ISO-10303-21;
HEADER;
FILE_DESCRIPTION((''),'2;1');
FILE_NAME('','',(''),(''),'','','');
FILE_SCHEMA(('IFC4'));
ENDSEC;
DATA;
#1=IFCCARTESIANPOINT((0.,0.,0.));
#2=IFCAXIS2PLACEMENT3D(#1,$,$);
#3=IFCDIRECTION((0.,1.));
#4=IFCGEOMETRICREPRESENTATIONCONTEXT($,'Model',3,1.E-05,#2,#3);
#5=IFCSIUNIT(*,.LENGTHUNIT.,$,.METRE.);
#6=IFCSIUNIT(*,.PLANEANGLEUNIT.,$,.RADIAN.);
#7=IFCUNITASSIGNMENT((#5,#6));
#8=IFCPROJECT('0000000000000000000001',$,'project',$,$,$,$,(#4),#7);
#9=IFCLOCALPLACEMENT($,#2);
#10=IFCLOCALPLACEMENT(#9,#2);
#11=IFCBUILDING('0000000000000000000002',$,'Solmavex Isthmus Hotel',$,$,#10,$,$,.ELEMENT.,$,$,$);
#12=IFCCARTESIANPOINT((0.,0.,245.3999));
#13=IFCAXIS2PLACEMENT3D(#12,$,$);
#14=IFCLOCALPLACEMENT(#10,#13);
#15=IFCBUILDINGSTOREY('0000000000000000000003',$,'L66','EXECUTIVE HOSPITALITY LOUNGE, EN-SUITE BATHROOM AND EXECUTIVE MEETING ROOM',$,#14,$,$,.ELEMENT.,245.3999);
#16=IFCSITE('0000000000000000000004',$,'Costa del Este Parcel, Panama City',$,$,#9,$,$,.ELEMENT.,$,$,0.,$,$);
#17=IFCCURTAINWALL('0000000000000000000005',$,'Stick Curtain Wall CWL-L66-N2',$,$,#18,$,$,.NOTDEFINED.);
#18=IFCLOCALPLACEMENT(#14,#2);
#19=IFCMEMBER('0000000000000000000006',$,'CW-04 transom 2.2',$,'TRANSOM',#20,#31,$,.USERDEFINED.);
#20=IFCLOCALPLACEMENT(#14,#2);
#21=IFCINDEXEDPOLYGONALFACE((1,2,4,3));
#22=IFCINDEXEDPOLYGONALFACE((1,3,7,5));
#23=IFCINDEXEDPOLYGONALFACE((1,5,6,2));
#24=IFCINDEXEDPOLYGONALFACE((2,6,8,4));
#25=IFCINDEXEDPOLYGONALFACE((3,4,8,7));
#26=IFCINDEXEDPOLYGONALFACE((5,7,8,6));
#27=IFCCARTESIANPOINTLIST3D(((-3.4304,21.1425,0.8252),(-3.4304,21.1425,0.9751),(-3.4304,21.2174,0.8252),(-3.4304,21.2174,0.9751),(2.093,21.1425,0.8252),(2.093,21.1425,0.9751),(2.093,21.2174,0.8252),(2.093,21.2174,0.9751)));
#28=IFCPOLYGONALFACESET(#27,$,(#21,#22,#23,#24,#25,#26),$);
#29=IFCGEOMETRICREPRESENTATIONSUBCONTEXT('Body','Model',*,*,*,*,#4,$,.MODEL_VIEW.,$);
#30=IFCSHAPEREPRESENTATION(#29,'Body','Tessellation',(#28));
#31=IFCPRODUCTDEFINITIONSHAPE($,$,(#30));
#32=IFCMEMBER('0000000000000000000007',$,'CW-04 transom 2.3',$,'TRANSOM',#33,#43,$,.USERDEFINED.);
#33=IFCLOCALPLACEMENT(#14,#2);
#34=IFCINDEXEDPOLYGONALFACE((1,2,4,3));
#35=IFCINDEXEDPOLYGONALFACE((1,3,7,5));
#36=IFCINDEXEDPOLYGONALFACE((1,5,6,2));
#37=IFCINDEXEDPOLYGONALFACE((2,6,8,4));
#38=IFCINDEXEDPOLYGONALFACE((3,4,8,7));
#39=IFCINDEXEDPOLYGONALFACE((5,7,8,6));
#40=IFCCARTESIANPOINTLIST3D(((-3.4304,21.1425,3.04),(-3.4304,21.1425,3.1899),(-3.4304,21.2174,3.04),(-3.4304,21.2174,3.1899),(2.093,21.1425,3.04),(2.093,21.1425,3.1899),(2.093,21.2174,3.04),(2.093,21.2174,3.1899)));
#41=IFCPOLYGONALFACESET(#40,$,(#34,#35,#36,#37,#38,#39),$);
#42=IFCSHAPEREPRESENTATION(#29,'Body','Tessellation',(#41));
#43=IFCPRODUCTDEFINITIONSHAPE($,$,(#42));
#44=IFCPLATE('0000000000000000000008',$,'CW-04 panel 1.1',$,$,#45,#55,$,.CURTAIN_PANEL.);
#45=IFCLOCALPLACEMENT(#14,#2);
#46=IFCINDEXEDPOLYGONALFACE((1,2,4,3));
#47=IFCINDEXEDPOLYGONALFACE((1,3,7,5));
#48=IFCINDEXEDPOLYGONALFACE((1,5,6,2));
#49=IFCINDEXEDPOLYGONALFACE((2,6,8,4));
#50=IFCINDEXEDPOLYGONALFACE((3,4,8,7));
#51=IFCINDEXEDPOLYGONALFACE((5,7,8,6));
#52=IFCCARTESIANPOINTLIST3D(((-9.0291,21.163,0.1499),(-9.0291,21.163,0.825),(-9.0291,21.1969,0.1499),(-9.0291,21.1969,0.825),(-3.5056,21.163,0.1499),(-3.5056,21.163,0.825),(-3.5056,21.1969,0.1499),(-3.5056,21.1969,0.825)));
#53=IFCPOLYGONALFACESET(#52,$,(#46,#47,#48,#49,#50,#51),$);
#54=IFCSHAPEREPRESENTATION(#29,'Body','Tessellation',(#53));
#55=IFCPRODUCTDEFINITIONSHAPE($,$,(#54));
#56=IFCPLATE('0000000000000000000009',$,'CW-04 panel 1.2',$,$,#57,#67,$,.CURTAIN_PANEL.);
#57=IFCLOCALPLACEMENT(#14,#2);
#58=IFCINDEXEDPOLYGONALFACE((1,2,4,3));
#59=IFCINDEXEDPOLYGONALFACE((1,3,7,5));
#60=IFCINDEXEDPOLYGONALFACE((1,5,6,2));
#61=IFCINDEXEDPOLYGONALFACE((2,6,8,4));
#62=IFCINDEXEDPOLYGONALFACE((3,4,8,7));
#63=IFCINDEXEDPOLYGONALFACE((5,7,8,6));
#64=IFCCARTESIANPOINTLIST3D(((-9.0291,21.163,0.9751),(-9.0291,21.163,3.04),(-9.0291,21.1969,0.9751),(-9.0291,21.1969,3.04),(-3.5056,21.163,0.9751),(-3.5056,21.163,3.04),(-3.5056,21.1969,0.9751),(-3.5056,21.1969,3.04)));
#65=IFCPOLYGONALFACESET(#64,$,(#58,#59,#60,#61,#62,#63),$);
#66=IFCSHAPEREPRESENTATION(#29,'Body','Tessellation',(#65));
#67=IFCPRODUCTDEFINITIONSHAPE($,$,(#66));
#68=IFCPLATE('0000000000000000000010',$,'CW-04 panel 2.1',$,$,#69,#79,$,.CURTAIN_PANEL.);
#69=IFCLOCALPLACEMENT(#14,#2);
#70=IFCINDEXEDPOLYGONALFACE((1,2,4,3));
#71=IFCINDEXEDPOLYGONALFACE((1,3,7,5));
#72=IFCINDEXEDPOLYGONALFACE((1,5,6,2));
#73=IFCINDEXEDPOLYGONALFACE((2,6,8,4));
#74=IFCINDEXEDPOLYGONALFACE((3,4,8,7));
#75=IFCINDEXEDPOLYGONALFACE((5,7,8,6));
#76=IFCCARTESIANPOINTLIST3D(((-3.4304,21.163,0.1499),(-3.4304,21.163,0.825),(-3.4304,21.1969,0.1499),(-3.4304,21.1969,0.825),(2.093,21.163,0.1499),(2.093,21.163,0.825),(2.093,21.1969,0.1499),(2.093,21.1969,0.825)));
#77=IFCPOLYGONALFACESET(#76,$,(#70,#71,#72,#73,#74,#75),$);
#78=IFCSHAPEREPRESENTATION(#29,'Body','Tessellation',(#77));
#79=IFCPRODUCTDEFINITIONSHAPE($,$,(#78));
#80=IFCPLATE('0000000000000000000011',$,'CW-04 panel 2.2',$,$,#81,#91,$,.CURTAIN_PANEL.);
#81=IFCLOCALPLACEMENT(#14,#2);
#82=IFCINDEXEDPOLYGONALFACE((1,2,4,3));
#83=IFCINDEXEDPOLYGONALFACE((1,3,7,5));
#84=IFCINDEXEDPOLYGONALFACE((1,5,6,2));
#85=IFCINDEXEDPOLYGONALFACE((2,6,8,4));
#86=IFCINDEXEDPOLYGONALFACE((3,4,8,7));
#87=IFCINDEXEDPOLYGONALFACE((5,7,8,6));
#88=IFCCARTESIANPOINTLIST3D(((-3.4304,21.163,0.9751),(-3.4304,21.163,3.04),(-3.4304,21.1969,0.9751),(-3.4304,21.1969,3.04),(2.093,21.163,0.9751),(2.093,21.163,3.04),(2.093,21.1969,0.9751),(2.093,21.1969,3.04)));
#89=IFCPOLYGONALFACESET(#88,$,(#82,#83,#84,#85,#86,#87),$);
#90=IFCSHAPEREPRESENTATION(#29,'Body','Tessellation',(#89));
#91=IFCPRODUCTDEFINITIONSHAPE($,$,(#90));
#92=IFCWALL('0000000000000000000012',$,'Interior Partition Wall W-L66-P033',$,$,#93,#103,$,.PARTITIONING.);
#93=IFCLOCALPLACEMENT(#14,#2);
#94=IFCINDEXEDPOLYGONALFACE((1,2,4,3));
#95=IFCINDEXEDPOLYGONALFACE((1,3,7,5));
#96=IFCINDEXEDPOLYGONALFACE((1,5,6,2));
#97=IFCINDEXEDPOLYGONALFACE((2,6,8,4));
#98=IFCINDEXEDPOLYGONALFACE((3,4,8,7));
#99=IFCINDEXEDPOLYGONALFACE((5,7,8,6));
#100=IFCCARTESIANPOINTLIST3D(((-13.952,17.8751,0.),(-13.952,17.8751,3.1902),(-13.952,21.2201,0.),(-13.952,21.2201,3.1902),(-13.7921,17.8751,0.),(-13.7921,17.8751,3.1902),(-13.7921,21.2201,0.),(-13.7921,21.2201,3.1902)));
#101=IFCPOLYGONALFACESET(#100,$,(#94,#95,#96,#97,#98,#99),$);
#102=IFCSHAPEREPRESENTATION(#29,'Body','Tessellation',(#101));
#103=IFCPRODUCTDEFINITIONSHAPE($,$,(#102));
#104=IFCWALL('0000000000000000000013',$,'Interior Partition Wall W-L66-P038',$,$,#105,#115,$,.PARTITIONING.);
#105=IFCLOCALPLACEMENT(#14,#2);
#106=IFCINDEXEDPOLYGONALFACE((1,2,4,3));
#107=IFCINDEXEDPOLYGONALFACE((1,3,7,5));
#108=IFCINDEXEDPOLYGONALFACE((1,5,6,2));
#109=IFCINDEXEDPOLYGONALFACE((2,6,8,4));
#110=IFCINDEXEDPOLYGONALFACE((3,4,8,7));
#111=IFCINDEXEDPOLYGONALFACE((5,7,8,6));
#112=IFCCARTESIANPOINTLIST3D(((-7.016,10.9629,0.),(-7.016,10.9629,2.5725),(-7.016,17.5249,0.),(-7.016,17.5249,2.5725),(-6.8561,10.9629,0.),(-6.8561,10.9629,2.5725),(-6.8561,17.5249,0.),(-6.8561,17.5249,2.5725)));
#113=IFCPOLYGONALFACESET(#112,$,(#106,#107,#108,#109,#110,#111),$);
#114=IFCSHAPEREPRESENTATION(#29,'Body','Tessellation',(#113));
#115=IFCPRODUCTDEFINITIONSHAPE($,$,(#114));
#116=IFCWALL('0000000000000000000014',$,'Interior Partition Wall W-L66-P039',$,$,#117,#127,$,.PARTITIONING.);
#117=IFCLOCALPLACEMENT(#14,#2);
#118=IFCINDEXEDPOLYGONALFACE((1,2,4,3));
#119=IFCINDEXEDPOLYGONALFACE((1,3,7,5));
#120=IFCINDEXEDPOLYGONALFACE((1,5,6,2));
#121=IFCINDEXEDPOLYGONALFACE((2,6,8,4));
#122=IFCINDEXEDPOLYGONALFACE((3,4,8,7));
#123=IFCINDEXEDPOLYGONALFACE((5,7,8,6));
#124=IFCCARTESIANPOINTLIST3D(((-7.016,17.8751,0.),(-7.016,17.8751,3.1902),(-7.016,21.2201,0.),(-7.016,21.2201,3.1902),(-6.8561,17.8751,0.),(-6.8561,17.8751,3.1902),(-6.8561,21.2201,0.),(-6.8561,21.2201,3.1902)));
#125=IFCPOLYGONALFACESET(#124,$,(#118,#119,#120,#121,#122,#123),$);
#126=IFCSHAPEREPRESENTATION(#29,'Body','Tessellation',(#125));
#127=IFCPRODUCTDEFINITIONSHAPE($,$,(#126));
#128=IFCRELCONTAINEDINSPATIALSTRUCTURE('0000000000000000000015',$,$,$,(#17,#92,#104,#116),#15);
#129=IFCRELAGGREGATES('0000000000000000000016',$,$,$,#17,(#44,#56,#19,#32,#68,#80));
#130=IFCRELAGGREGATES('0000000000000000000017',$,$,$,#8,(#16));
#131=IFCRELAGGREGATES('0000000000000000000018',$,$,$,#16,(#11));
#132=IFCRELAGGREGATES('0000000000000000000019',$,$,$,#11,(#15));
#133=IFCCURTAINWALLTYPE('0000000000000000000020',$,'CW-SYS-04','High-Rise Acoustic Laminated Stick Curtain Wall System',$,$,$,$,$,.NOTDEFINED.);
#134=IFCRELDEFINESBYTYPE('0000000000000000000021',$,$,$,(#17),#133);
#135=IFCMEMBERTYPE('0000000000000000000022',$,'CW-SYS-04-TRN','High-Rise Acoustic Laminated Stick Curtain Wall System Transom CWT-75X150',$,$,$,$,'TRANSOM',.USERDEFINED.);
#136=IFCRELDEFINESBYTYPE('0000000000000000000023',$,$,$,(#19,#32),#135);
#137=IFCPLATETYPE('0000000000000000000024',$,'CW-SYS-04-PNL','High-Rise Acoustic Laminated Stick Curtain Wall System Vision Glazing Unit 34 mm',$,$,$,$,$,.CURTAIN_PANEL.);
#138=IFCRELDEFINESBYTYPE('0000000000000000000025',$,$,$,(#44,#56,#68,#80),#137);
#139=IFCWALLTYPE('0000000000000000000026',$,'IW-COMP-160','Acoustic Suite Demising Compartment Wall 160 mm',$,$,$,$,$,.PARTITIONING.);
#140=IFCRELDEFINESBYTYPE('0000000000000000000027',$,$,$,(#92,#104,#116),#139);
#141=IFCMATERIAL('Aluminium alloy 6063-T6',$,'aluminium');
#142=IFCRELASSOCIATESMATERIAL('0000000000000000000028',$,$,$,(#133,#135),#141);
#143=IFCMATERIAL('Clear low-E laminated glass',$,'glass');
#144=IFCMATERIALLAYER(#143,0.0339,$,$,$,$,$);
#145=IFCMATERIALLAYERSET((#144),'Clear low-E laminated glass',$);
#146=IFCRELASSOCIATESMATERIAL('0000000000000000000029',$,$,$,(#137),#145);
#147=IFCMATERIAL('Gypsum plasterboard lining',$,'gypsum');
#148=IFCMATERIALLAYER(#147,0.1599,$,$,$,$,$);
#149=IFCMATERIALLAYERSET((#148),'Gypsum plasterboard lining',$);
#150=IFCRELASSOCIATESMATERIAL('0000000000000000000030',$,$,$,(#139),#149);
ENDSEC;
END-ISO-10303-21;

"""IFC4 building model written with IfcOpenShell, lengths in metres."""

from ifc_helpers import new_model, si_unit, direction, frame, frame_2d, origin, origin_2d, place, context, subcontext, project, spatial, rectangle, extrude, material, layer, layer_set, material_profile, profile_set, type_object, element, aggregate, save


model = new_model("IFC4")

# Units and contexts
model_context = context("Model", 3, precision=1e-05, world=origin(), true_north=direction((0.0, 1.0)))
body_context = subcontext(model_context, "Body", "Model", "MODEL_VIEW")
ifc_project = project(units=[si_unit("LENGTHUNIT", "METRE"), si_unit("PLANEANGLEUNIT", "RADIAN")], contexts=[model_context])

# Site, building, storey
site_placement = place(None, origin())
site = spatial("IfcSite", under=ifc_project, at=site_placement, Name="Costa del Este Parcel, Panama City", CompositionType="ELEMENT", RefElevation=0.0)
building_placement = place(site_placement, origin())
building = spatial("IfcBuilding", under=site, at=building_placement, Name="Solmavex Isthmus Hotel", CompositionType="ELEMENT")
storey_placement = place(building_placement, frame((0.0, 0.0, 245.3999)))
storey = spatial("IfcBuildingStorey", under=building, at=storey_placement, Name="L66", Description="EXECUTIVE HOSPITALITY LOUNGE, EN-SUITE BATHROOM AND EXECUTIVE MEETING ROOM", CompositionType="ELEMENT", Elevation=245.3999)

# Shared definitions
ifc_material_1 = material(Name="Aluminium alloy 6063-T6", Category="aluminium")
curtain_wall_type = type_object("IfcCurtainWallType", Name="CW-SYS-04", Description="High-Rise Acoustic Laminated Stick Curtain Wall System", PredefinedType="NOTDEFINED", material=ifc_material_1)

# Curtain wall, members, plates
curtain_wall_1_placement = place(storey_placement, origin())
curtain_wall_1 = element("IfcCurtainWall", 1, at=curtain_wall_1_placement, inside=storey, type_object=curtain_wall_type, Name="Stick Curtain Wall CWL-L66-N2", PredefinedType="NOTDEFINED")
ifc_material_profile_1 = material_profile(ifc_material_1, rectangle(XDim=0.075, YDim=0.1499, at=origin_2d()), Name="CWT-75X150")
ifc_profile_set_1 = profile_set([ifc_material_profile_1], Name="Aluminium alloy 6063-T6")
member_type_1 = type_object("IfcMemberType", Name="CW-SYS-04-TRN", Description="High-Rise Acoustic Laminated Stick Curtain Wall System Transom CWT-75X150", ElementType="TRANSOM", PredefinedType="USERDEFINED", material=ifc_profile_set_1)
member_1_placement = place(storey_placement, frame((-3.4304, 21.1799, 0.9001), z_axis=(1.0, 0.0, 0.0), x_axis=(0.0, 1.0, 0.0)))
member_1 = element("IfcMember", 2, at=member_1_placement, type_object=member_type_1, Name="CW-04 transom 2.2", ObjectType="TRANSOM", PredefinedType="USERDEFINED", context=body_context, shape_type="SweptSolid", body=[
    extrude(rectangle(XDim=0.075, YDim=0.1499, at=origin_2d()), origin(), (0.0, 0.0, 1.0), 5.5234),
])
member_2_placement = place(storey_placement, frame((-3.4304, 21.1799, 3.115), z_axis=(1.0, 0.0, 0.0), x_axis=(0.0, 1.0, 0.0)))
member_2 = element("IfcMember", 3, at=member_2_placement, type_object=member_type_1, Name="CW-04 transom 2.3", ObjectType="TRANSOM", PredefinedType="USERDEFINED", context=body_context, shape_type="SweptSolid", body=[
    extrude(rectangle(XDim=0.075, YDim=0.1499, at=origin_2d()), origin(), (0.0, 0.0, 1.0), 5.5234),
])
ifc_material_2 = material(Name="Clear low-E laminated glass", Category="glass")
ifc_layer_1 = layer(ifc_material_2, 0.0339)
ifc_layer_set_1 = layer_set([ifc_layer_1], Name="Clear low-E laminated glass")
plate_type = type_object("IfcPlateType", Name="CW-SYS-04-PNL", Description="High-Rise Acoustic Laminated Stick Curtain Wall System Vision Glazing Unit 34 mm", PredefinedType="CURTAIN_PANEL", material=ifc_layer_set_1)
plate_1_placement = place(storey_placement, frame((-6.2673, 21.1799, 0.1499), z_axis=(0.0, 0.0, 1.0), x_axis=(1.0, 0.0, 0.0)))
plate_1 = element("IfcPlate", 4, at=plate_1_placement, type_object=plate_type, Name="CW-04 panel 1.1", PredefinedType="CURTAIN_PANEL", context=body_context, shape_type="SweptSolid", body=[
    extrude(rectangle(XDim=5.5234, YDim=0.0339, at=origin_2d()), origin(), (0.0, 0.0, 1.0), 0.675),
])
plate_2_placement = place(storey_placement, frame((-6.2673, 21.1799, 0.9751), z_axis=(0.0, 0.0, 1.0), x_axis=(1.0, 0.0, 0.0)))
plate_2 = element("IfcPlate", 5, at=plate_2_placement, type_object=plate_type, Name="CW-04 panel 1.2", PredefinedType="CURTAIN_PANEL", context=body_context, shape_type="SweptSolid", body=[
    extrude(rectangle(XDim=5.5234, YDim=0.0339, at=origin_2d()), origin(), (0.0, 0.0, 1.0), 2.0649),
])
plate_3_placement = place(storey_placement, frame((-0.6687, 21.1799, 0.1499), z_axis=(0.0, 0.0, 1.0), x_axis=(1.0, 0.0, 0.0)))
plate_3 = element("IfcPlate", 6, at=plate_3_placement, type_object=plate_type, Name="CW-04 panel 2.1", PredefinedType="CURTAIN_PANEL", context=body_context, shape_type="SweptSolid", body=[
    extrude(rectangle(XDim=5.5234, YDim=0.0339, at=origin_2d()), origin(), (0.0, 0.0, 1.0), 0.675),
])
plate_4_placement = place(storey_placement, frame((-0.6687, 21.1799, 0.9751), z_axis=(0.0, 0.0, 1.0), x_axis=(1.0, 0.0, 0.0)))
plate_4 = element("IfcPlate", 7, at=plate_4_placement, type_object=plate_type, Name="CW-04 panel 2.2", PredefinedType="CURTAIN_PANEL", context=body_context, shape_type="SweptSolid", body=[
    extrude(rectangle(XDim=5.5234, YDim=0.0339, at=origin_2d()), origin(), (0.0, 0.0, 1.0), 2.0649),
])
aggregate(curtain_wall_1, [plate_1, plate_2, member_1, member_2, plate_3, plate_4])

# Walls
ifc_material_3 = material(Name="Gypsum plasterboard lining", Category="gypsum")
ifc_layer_2 = layer(ifc_material_3, 0.1599)
ifc_layer_set_2 = layer_set([ifc_layer_2], Name="Gypsum plasterboard lining")
wall_type_1 = type_object("IfcWallType", Name="IW-COMP-160", Description="Acoustic Suite Demising Compartment Wall 160 mm", PredefinedType="PARTITIONING", material=ifc_layer_set_2)
wall_1_placement = place(storey_placement, frame((-13.8721, 21.22, 0.0), z_axis=(0.0, 0.0, 1.0), x_axis=(0.0, -1.0, 0.0)))
element("IfcWall", 8, at=wall_1_placement, inside=storey, type_object=wall_type_1, Name="Interior Partition Wall W-L66-P033", PredefinedType="PARTITIONING", context=body_context, shape_type="SweptSolid", body=[
    extrude(rectangle(XDim=3.345, YDim=0.1599, at=frame_2d((1.6724, 0.0))), origin(), (0.0, 0.0, 1.0), 3.1902),
])
wall_2_placement = place(storey_placement, frame((-6.936, 17.5249, 0.0), z_axis=(0.0, 0.0, 1.0), x_axis=(0.0, -1.0, 0.0)))
element("IfcWall", 9, at=wall_2_placement, inside=storey, type_object=wall_type_1, Name="Interior Partition Wall W-L66-P038", PredefinedType="PARTITIONING", context=body_context, shape_type="SweptSolid", body=[
    extrude(rectangle(XDim=6.562, YDim=0.1599, at=frame_2d((3.281, 0.0))), origin(), (0.0, 0.0, 1.0), 2.5725),
])
wall_3_placement = place(storey_placement, frame((-6.936, 21.22, 0.0), z_axis=(0.0, 0.0, 1.0), x_axis=(0.0, -1.0, 0.0)))
element("IfcWall", 10, at=wall_3_placement, inside=storey, type_object=wall_type_1, Name="Interior Partition Wall W-L66-P039", PredefinedType="PARTITIONING", context=body_context, shape_type="SweptSolid", body=[
    extrude(rectangle(XDim=3.345, YDim=0.1599, at=frame_2d((1.6724, 0.0))), origin(), (0.0, 0.0, 1.0), 3.1902),
])

save(model, "model.ifc")
